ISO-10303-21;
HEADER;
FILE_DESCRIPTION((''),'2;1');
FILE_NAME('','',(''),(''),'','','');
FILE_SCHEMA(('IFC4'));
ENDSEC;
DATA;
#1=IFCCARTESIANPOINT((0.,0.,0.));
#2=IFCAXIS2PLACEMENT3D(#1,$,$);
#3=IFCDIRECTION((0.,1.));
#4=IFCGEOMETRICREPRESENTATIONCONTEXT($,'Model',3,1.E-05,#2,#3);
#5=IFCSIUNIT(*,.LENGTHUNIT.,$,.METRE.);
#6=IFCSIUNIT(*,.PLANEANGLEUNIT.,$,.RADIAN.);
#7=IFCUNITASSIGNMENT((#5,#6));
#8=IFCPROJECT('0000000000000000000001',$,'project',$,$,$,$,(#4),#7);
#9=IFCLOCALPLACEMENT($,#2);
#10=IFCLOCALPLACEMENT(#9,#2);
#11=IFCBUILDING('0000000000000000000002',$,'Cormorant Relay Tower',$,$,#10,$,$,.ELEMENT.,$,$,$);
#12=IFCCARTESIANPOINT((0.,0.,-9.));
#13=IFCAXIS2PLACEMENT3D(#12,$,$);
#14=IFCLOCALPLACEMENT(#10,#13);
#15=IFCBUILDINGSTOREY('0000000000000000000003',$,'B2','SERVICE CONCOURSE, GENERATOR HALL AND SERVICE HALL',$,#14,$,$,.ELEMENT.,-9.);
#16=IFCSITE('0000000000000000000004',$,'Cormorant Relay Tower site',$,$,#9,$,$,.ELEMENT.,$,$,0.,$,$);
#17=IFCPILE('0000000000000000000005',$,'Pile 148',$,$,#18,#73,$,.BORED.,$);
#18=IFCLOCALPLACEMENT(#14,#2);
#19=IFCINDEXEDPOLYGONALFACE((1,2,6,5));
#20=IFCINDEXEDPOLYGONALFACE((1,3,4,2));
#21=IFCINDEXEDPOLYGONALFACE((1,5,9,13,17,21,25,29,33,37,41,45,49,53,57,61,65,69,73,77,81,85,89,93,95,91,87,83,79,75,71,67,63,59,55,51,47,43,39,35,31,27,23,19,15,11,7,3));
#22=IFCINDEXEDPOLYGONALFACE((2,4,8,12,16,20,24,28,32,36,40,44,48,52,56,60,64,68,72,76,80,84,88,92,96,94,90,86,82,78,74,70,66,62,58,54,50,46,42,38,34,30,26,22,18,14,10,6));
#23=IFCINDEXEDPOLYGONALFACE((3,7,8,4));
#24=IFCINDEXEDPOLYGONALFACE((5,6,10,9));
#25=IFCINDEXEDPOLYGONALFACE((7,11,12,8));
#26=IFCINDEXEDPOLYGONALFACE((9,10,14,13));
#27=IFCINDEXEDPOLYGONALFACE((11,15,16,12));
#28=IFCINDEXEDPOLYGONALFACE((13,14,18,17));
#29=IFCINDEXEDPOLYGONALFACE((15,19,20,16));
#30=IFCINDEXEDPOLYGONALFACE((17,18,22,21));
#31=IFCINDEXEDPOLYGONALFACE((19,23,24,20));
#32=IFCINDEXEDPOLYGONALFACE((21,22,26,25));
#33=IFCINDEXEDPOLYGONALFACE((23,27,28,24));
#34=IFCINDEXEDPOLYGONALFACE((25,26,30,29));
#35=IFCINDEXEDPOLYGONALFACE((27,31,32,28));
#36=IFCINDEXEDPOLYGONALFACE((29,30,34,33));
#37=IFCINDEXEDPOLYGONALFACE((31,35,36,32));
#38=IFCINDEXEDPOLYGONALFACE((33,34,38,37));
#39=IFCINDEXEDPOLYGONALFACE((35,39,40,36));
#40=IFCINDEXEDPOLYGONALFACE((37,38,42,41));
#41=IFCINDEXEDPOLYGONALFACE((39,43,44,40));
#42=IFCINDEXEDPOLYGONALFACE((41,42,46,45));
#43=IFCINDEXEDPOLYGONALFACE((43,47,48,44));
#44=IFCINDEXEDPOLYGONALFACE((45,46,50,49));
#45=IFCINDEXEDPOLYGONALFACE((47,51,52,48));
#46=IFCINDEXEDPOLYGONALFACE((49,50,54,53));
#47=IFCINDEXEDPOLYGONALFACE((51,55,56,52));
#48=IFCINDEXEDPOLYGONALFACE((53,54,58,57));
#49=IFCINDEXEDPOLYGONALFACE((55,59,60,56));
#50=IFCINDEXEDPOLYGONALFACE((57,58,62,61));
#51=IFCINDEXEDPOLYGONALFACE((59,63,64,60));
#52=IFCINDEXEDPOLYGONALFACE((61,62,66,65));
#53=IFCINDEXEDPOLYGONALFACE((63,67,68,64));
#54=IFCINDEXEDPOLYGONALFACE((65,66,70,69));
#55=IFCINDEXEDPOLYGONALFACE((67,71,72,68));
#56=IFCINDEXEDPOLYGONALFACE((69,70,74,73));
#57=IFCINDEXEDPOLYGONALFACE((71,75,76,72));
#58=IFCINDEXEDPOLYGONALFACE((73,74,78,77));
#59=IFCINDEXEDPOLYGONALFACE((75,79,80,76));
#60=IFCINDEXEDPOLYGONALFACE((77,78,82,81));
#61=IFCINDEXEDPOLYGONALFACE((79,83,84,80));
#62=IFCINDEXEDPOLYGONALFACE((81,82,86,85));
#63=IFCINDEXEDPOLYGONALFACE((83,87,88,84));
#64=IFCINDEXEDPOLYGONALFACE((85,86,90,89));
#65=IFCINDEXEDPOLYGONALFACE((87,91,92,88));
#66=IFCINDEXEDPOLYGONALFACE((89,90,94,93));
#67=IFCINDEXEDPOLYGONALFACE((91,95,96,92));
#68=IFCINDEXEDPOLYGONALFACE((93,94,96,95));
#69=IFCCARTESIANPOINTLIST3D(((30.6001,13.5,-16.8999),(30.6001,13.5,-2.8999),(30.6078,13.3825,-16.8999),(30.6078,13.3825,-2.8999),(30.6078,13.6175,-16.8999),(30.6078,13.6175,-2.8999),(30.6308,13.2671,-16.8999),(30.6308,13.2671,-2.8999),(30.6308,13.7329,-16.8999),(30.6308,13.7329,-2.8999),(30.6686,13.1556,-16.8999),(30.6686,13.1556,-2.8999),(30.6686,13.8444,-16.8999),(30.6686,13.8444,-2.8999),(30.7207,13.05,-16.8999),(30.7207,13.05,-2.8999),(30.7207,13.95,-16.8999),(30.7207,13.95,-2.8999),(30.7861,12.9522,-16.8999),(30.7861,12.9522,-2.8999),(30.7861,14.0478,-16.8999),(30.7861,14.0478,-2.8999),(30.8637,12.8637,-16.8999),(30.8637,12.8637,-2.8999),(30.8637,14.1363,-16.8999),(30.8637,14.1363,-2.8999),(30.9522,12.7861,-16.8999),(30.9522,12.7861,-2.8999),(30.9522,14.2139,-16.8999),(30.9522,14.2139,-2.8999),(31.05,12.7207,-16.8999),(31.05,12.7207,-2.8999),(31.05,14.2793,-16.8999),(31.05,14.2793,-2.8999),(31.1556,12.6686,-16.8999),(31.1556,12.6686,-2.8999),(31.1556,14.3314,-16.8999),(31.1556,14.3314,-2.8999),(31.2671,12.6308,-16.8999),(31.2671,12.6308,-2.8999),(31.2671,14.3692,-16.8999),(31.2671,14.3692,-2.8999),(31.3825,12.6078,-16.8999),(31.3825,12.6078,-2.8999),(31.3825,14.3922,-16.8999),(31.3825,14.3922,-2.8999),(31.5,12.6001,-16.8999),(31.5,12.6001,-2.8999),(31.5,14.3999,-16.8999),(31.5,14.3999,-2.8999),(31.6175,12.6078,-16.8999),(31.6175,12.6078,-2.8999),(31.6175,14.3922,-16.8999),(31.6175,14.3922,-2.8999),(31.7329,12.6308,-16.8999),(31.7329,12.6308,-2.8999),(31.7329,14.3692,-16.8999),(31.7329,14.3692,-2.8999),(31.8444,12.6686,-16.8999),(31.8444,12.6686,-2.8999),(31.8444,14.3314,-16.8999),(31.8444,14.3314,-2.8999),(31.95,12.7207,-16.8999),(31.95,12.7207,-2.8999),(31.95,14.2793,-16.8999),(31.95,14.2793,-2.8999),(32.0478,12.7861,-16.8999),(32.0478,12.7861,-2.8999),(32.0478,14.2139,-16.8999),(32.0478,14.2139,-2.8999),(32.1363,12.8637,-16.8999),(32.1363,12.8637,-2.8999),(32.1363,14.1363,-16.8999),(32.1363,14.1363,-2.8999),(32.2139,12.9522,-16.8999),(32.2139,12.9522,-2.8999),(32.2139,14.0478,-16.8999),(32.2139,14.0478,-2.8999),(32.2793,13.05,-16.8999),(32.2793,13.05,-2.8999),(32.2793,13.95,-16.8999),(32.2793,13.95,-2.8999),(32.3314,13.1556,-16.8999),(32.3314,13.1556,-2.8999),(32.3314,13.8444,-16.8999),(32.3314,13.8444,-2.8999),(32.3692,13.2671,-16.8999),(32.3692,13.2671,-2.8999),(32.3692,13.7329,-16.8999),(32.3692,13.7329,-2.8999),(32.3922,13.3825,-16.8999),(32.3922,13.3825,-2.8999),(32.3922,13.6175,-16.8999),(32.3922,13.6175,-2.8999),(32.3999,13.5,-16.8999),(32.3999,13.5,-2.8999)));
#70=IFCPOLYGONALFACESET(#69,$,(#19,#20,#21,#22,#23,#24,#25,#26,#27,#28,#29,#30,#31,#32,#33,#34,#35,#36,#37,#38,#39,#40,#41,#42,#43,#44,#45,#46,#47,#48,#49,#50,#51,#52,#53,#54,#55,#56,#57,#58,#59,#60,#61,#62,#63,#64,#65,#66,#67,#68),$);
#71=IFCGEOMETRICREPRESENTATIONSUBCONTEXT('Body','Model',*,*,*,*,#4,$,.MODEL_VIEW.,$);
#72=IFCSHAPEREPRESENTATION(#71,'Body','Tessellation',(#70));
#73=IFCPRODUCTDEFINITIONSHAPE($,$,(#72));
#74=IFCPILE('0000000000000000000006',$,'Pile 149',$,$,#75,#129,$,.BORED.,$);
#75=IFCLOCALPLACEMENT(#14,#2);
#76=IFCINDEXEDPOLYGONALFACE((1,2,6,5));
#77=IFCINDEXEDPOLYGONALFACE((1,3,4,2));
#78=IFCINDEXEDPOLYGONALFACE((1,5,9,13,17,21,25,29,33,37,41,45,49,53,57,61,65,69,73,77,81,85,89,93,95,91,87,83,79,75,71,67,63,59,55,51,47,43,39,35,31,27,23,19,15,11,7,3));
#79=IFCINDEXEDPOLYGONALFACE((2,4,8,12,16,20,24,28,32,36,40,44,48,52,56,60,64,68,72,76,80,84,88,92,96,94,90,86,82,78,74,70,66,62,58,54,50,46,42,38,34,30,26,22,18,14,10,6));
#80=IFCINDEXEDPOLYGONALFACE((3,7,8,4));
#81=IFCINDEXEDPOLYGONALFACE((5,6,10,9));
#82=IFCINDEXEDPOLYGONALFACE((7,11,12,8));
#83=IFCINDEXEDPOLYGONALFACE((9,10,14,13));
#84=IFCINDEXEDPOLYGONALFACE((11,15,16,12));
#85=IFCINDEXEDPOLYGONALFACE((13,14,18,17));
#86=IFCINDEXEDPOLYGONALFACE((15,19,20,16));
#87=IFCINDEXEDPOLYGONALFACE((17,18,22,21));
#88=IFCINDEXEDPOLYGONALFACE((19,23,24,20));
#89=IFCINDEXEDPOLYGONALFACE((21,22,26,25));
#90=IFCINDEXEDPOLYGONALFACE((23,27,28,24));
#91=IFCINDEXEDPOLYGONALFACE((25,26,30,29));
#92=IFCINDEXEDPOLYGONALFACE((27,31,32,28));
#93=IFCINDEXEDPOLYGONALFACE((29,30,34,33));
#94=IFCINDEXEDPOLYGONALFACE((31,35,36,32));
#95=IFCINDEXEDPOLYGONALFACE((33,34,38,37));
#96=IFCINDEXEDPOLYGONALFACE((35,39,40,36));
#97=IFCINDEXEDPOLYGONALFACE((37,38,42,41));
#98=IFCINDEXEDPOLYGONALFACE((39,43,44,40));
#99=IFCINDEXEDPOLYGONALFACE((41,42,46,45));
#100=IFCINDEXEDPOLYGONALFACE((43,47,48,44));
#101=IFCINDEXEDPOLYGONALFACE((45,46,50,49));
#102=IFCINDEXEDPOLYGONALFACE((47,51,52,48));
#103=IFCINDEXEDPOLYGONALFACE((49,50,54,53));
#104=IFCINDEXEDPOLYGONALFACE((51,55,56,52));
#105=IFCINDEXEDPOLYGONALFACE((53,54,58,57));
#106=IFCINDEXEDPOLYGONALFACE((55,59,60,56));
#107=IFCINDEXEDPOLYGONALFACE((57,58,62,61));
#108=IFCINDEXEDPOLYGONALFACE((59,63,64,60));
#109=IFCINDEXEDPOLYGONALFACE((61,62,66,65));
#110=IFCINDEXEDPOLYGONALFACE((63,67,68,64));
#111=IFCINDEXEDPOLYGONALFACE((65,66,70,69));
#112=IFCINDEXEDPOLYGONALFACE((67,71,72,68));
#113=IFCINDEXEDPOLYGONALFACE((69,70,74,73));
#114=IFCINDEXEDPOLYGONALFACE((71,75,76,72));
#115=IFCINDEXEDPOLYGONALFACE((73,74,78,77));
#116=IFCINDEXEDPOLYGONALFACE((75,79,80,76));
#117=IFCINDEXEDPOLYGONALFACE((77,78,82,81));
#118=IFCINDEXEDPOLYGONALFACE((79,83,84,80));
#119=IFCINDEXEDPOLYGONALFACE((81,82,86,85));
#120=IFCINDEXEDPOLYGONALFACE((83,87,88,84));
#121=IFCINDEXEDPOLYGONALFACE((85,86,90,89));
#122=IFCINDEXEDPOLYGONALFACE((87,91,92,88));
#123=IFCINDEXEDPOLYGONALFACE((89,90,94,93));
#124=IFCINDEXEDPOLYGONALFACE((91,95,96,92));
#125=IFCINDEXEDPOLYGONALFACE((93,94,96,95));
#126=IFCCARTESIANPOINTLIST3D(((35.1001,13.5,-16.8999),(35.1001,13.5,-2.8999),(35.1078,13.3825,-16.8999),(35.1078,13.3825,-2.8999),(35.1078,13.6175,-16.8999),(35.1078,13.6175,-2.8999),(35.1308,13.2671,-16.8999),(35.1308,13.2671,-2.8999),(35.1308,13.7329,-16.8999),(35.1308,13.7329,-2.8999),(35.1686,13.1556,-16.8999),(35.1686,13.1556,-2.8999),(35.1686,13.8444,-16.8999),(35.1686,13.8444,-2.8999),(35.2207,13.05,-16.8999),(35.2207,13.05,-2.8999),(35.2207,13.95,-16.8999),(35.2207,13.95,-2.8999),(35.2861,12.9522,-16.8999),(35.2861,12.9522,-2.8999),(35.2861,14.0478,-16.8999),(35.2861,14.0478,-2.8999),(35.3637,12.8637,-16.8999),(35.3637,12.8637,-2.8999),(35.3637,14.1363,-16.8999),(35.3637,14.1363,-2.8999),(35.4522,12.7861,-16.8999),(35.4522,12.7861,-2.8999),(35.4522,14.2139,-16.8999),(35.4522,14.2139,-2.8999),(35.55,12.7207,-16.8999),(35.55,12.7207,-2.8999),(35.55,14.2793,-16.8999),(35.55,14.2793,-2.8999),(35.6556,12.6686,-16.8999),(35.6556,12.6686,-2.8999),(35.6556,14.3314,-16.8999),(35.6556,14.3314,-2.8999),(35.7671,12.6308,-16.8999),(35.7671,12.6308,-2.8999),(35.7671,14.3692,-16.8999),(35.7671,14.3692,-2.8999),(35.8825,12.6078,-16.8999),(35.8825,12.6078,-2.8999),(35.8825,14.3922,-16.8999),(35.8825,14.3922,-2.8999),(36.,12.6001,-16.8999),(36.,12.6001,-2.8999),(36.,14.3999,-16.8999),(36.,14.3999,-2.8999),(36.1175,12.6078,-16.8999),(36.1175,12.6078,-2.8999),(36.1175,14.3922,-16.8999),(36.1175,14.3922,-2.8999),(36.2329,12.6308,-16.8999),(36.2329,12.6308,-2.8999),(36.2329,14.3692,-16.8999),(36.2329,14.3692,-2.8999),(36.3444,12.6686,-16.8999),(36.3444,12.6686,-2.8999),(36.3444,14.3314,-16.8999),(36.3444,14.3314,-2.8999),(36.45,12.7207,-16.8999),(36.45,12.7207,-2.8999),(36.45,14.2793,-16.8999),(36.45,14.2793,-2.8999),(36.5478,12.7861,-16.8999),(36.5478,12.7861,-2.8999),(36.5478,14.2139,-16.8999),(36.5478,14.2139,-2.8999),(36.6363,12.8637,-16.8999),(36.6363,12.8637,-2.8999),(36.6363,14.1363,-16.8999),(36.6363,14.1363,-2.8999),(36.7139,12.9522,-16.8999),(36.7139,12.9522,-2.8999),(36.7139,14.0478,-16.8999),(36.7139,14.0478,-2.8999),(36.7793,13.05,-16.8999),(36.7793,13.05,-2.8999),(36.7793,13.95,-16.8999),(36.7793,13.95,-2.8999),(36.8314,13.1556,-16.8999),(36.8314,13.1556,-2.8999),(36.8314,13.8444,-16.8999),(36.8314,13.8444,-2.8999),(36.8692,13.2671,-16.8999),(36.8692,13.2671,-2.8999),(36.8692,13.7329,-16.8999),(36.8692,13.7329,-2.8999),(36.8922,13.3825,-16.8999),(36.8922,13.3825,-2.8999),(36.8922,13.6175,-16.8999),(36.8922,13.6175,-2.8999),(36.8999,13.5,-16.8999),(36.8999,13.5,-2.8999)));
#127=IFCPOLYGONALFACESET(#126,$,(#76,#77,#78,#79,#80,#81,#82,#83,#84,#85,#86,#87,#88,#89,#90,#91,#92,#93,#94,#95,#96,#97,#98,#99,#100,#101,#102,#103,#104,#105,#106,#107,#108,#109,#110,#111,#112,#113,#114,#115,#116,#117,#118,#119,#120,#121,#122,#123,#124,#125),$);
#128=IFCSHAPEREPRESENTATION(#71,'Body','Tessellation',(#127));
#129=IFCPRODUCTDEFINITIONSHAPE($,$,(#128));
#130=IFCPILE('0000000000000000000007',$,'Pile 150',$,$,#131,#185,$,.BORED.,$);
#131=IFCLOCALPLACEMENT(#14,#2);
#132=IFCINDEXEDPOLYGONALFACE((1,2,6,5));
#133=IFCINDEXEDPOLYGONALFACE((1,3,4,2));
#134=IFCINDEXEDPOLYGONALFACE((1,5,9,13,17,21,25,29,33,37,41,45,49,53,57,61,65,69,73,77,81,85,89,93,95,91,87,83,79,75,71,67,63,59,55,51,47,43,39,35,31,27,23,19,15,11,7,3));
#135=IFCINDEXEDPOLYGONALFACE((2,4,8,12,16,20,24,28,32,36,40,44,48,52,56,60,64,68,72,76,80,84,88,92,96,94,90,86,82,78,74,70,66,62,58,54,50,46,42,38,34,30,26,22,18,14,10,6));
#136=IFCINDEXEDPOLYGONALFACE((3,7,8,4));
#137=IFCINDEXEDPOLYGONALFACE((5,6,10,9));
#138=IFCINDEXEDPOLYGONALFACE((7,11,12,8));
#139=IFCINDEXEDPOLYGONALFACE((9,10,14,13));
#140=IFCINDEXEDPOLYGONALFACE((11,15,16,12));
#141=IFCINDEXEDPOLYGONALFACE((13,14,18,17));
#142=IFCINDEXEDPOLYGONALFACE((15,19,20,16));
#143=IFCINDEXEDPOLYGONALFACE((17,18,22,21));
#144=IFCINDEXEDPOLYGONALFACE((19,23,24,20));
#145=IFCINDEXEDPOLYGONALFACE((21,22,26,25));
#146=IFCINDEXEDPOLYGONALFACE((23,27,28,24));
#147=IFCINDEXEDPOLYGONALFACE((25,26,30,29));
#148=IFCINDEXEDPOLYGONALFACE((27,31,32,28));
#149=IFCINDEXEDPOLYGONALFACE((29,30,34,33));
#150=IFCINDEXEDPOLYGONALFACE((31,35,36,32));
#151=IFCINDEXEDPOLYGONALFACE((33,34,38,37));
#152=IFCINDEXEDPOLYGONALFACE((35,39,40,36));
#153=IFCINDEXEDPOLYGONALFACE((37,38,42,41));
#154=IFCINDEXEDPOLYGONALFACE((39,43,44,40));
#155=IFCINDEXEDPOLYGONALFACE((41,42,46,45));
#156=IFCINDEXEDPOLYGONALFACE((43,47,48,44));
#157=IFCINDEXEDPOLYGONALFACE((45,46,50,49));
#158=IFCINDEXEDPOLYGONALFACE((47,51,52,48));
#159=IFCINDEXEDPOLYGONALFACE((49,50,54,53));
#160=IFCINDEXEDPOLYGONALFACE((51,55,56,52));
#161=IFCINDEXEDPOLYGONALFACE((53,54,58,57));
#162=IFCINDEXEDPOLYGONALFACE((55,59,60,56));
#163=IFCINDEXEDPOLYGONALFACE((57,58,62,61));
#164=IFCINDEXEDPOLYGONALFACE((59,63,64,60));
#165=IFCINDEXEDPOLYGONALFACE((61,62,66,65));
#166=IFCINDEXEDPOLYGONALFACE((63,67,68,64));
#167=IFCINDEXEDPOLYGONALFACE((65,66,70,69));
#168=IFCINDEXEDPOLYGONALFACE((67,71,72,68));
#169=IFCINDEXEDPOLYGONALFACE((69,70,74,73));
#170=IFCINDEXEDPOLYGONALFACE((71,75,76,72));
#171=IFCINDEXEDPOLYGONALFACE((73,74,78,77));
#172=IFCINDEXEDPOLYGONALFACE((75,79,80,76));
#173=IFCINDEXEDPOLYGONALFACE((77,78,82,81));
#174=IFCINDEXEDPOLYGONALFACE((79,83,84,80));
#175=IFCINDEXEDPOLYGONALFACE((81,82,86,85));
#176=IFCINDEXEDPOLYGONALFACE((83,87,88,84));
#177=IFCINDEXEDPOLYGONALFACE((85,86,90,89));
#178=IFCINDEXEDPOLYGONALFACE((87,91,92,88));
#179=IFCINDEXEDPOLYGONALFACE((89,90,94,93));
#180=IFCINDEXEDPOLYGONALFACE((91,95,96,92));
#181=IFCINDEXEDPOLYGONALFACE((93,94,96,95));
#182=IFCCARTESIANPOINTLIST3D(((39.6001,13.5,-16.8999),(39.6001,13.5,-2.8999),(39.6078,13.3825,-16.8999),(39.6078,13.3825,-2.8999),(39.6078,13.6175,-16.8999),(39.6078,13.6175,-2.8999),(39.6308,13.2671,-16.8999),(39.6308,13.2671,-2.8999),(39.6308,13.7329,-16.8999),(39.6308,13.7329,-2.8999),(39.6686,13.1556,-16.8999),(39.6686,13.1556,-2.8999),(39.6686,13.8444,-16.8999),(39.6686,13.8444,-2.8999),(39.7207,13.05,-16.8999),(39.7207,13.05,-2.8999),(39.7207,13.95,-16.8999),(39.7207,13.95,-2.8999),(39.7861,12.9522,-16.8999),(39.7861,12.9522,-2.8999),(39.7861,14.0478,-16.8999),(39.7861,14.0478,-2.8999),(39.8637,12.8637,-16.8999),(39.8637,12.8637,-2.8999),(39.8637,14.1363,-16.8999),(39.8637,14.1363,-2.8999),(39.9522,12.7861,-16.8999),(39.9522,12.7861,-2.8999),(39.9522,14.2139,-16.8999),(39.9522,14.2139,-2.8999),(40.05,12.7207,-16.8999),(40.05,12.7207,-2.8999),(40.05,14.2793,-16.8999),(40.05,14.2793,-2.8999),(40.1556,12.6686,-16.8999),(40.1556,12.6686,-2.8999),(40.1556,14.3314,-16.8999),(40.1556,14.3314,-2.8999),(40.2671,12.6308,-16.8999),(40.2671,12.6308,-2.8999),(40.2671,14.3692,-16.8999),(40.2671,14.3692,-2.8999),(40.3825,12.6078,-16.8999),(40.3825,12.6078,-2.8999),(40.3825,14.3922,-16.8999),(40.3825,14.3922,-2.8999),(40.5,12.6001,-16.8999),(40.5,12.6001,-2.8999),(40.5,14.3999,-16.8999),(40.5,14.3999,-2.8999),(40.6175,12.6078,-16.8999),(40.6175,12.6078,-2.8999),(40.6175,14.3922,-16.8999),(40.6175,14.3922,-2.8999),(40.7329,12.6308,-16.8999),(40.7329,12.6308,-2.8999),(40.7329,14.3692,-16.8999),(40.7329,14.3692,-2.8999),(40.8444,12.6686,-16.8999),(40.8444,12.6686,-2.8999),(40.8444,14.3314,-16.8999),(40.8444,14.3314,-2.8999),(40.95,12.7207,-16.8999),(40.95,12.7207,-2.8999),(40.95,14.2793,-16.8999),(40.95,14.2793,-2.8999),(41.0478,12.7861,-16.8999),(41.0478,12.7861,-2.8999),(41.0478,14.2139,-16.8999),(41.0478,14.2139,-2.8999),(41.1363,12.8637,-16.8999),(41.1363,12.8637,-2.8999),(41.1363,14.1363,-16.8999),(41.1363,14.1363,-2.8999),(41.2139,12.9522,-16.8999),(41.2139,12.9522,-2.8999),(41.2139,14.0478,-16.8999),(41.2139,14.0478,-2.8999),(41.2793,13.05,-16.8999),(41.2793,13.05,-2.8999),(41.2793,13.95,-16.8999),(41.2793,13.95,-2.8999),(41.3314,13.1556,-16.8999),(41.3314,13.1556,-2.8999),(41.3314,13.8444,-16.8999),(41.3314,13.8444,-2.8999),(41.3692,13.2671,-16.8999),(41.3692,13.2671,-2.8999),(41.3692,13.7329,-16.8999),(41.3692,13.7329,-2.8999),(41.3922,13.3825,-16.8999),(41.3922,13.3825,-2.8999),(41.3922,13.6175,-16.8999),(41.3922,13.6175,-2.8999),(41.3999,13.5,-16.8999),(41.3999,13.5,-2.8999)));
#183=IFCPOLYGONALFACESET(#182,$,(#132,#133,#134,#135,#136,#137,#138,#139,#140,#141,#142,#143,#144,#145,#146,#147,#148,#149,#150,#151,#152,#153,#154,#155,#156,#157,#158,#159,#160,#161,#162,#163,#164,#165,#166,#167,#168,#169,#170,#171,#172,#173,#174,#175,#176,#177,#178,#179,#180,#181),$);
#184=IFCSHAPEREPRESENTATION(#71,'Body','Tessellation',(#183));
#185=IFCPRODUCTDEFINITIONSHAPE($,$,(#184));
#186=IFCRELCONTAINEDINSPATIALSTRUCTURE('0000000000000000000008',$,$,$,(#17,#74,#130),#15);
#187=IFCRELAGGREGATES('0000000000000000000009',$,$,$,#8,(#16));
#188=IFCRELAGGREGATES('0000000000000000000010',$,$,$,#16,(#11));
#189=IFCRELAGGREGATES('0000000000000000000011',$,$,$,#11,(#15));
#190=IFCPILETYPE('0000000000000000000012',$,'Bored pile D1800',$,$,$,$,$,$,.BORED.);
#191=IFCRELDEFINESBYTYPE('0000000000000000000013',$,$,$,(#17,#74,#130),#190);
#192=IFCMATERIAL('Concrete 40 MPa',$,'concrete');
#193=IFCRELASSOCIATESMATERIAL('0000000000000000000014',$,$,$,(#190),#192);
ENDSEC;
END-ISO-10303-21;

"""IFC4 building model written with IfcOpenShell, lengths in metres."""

from ifc_helpers import new_model, si_unit, direction, frame, origin, origin_2d, place, context, subcontext, project, spatial, circle, extrude, material, material_profile, profile_set, type_object, element, save


model = new_model("IFC4")

# Units and contexts
model_context = context("Model", 3, precision=1e-05, world=origin(), true_north=direction((0.0, 1.0)))
body_context = subcontext(model_context, "Body", "Model", "MODEL_VIEW")
ifc_project = project(units=[si_unit("LENGTHUNIT", "METRE"), si_unit("PLANEANGLEUNIT", "RADIAN")], contexts=[model_context])

# Site, building, storey
site_placement = place(None, origin())
site = spatial("IfcSite", under=ifc_project, at=site_placement, Name="Cormorant Relay Tower site", CompositionType="ELEMENT", RefElevation=0.0)
building_placement = place(site_placement, origin())
building = spatial("IfcBuilding", under=site, at=building_placement, Name="Cormorant Relay Tower", CompositionType="ELEMENT")
storey_placement = place(building_placement, frame((0.0, 0.0, -9.0)))
storey = spatial("IfcBuildingStorey", under=building, at=storey_placement, Name="B2", Description="SERVICE CONCOURSE, GENERATOR HALL AND SERVICE HALL", CompositionType="ELEMENT", Elevation=-9.0)

# Piles
ifc_material_1 = material(Name="Concrete 40 MPa", Category="concrete")
ifc_material_profile = material_profile(ifc_material_1, circle(Radius=0.8999, at=origin_2d()), Name="BP1800")
ifc_profile_set = profile_set([ifc_material_profile], Name="Concrete 40 MPa")
pile_type = type_object("IfcPileType", Name="Bored pile D1800", PredefinedType="BORED", material=ifc_profile_set)
for number, where, z_axis, x_axis, name in (
    (1, (31.5, 13.5, -2.8999), (0.0, 0.0, -1.0), (1.0, 0.0, 0.0), "Pile 148"),
    (2, (36.0, 13.5, -2.8999), (0.0, 0.0, -1.0), (1.0, 0.0, 0.0), "Pile 149"),
    (3, (40.5, 13.5, -2.8999), (0.0, 0.0, -1.0), (1.0, 0.0, 0.0), "Pile 150"),
):
    element("IfcPile", number, at=place(storey_placement, frame(where, z_axis=z_axis, x_axis=x_axis)), inside=storey, type_object=pile_type, Name=name, PredefinedType="BORED", context=body_context, shape_type="SweptSolid", body=[
        extrude(circle(Radius=0.8999, at=origin_2d()), origin(), (0.0, 0.0, 1.0), 14.0),
    ])

save(model, "model.ifc")
